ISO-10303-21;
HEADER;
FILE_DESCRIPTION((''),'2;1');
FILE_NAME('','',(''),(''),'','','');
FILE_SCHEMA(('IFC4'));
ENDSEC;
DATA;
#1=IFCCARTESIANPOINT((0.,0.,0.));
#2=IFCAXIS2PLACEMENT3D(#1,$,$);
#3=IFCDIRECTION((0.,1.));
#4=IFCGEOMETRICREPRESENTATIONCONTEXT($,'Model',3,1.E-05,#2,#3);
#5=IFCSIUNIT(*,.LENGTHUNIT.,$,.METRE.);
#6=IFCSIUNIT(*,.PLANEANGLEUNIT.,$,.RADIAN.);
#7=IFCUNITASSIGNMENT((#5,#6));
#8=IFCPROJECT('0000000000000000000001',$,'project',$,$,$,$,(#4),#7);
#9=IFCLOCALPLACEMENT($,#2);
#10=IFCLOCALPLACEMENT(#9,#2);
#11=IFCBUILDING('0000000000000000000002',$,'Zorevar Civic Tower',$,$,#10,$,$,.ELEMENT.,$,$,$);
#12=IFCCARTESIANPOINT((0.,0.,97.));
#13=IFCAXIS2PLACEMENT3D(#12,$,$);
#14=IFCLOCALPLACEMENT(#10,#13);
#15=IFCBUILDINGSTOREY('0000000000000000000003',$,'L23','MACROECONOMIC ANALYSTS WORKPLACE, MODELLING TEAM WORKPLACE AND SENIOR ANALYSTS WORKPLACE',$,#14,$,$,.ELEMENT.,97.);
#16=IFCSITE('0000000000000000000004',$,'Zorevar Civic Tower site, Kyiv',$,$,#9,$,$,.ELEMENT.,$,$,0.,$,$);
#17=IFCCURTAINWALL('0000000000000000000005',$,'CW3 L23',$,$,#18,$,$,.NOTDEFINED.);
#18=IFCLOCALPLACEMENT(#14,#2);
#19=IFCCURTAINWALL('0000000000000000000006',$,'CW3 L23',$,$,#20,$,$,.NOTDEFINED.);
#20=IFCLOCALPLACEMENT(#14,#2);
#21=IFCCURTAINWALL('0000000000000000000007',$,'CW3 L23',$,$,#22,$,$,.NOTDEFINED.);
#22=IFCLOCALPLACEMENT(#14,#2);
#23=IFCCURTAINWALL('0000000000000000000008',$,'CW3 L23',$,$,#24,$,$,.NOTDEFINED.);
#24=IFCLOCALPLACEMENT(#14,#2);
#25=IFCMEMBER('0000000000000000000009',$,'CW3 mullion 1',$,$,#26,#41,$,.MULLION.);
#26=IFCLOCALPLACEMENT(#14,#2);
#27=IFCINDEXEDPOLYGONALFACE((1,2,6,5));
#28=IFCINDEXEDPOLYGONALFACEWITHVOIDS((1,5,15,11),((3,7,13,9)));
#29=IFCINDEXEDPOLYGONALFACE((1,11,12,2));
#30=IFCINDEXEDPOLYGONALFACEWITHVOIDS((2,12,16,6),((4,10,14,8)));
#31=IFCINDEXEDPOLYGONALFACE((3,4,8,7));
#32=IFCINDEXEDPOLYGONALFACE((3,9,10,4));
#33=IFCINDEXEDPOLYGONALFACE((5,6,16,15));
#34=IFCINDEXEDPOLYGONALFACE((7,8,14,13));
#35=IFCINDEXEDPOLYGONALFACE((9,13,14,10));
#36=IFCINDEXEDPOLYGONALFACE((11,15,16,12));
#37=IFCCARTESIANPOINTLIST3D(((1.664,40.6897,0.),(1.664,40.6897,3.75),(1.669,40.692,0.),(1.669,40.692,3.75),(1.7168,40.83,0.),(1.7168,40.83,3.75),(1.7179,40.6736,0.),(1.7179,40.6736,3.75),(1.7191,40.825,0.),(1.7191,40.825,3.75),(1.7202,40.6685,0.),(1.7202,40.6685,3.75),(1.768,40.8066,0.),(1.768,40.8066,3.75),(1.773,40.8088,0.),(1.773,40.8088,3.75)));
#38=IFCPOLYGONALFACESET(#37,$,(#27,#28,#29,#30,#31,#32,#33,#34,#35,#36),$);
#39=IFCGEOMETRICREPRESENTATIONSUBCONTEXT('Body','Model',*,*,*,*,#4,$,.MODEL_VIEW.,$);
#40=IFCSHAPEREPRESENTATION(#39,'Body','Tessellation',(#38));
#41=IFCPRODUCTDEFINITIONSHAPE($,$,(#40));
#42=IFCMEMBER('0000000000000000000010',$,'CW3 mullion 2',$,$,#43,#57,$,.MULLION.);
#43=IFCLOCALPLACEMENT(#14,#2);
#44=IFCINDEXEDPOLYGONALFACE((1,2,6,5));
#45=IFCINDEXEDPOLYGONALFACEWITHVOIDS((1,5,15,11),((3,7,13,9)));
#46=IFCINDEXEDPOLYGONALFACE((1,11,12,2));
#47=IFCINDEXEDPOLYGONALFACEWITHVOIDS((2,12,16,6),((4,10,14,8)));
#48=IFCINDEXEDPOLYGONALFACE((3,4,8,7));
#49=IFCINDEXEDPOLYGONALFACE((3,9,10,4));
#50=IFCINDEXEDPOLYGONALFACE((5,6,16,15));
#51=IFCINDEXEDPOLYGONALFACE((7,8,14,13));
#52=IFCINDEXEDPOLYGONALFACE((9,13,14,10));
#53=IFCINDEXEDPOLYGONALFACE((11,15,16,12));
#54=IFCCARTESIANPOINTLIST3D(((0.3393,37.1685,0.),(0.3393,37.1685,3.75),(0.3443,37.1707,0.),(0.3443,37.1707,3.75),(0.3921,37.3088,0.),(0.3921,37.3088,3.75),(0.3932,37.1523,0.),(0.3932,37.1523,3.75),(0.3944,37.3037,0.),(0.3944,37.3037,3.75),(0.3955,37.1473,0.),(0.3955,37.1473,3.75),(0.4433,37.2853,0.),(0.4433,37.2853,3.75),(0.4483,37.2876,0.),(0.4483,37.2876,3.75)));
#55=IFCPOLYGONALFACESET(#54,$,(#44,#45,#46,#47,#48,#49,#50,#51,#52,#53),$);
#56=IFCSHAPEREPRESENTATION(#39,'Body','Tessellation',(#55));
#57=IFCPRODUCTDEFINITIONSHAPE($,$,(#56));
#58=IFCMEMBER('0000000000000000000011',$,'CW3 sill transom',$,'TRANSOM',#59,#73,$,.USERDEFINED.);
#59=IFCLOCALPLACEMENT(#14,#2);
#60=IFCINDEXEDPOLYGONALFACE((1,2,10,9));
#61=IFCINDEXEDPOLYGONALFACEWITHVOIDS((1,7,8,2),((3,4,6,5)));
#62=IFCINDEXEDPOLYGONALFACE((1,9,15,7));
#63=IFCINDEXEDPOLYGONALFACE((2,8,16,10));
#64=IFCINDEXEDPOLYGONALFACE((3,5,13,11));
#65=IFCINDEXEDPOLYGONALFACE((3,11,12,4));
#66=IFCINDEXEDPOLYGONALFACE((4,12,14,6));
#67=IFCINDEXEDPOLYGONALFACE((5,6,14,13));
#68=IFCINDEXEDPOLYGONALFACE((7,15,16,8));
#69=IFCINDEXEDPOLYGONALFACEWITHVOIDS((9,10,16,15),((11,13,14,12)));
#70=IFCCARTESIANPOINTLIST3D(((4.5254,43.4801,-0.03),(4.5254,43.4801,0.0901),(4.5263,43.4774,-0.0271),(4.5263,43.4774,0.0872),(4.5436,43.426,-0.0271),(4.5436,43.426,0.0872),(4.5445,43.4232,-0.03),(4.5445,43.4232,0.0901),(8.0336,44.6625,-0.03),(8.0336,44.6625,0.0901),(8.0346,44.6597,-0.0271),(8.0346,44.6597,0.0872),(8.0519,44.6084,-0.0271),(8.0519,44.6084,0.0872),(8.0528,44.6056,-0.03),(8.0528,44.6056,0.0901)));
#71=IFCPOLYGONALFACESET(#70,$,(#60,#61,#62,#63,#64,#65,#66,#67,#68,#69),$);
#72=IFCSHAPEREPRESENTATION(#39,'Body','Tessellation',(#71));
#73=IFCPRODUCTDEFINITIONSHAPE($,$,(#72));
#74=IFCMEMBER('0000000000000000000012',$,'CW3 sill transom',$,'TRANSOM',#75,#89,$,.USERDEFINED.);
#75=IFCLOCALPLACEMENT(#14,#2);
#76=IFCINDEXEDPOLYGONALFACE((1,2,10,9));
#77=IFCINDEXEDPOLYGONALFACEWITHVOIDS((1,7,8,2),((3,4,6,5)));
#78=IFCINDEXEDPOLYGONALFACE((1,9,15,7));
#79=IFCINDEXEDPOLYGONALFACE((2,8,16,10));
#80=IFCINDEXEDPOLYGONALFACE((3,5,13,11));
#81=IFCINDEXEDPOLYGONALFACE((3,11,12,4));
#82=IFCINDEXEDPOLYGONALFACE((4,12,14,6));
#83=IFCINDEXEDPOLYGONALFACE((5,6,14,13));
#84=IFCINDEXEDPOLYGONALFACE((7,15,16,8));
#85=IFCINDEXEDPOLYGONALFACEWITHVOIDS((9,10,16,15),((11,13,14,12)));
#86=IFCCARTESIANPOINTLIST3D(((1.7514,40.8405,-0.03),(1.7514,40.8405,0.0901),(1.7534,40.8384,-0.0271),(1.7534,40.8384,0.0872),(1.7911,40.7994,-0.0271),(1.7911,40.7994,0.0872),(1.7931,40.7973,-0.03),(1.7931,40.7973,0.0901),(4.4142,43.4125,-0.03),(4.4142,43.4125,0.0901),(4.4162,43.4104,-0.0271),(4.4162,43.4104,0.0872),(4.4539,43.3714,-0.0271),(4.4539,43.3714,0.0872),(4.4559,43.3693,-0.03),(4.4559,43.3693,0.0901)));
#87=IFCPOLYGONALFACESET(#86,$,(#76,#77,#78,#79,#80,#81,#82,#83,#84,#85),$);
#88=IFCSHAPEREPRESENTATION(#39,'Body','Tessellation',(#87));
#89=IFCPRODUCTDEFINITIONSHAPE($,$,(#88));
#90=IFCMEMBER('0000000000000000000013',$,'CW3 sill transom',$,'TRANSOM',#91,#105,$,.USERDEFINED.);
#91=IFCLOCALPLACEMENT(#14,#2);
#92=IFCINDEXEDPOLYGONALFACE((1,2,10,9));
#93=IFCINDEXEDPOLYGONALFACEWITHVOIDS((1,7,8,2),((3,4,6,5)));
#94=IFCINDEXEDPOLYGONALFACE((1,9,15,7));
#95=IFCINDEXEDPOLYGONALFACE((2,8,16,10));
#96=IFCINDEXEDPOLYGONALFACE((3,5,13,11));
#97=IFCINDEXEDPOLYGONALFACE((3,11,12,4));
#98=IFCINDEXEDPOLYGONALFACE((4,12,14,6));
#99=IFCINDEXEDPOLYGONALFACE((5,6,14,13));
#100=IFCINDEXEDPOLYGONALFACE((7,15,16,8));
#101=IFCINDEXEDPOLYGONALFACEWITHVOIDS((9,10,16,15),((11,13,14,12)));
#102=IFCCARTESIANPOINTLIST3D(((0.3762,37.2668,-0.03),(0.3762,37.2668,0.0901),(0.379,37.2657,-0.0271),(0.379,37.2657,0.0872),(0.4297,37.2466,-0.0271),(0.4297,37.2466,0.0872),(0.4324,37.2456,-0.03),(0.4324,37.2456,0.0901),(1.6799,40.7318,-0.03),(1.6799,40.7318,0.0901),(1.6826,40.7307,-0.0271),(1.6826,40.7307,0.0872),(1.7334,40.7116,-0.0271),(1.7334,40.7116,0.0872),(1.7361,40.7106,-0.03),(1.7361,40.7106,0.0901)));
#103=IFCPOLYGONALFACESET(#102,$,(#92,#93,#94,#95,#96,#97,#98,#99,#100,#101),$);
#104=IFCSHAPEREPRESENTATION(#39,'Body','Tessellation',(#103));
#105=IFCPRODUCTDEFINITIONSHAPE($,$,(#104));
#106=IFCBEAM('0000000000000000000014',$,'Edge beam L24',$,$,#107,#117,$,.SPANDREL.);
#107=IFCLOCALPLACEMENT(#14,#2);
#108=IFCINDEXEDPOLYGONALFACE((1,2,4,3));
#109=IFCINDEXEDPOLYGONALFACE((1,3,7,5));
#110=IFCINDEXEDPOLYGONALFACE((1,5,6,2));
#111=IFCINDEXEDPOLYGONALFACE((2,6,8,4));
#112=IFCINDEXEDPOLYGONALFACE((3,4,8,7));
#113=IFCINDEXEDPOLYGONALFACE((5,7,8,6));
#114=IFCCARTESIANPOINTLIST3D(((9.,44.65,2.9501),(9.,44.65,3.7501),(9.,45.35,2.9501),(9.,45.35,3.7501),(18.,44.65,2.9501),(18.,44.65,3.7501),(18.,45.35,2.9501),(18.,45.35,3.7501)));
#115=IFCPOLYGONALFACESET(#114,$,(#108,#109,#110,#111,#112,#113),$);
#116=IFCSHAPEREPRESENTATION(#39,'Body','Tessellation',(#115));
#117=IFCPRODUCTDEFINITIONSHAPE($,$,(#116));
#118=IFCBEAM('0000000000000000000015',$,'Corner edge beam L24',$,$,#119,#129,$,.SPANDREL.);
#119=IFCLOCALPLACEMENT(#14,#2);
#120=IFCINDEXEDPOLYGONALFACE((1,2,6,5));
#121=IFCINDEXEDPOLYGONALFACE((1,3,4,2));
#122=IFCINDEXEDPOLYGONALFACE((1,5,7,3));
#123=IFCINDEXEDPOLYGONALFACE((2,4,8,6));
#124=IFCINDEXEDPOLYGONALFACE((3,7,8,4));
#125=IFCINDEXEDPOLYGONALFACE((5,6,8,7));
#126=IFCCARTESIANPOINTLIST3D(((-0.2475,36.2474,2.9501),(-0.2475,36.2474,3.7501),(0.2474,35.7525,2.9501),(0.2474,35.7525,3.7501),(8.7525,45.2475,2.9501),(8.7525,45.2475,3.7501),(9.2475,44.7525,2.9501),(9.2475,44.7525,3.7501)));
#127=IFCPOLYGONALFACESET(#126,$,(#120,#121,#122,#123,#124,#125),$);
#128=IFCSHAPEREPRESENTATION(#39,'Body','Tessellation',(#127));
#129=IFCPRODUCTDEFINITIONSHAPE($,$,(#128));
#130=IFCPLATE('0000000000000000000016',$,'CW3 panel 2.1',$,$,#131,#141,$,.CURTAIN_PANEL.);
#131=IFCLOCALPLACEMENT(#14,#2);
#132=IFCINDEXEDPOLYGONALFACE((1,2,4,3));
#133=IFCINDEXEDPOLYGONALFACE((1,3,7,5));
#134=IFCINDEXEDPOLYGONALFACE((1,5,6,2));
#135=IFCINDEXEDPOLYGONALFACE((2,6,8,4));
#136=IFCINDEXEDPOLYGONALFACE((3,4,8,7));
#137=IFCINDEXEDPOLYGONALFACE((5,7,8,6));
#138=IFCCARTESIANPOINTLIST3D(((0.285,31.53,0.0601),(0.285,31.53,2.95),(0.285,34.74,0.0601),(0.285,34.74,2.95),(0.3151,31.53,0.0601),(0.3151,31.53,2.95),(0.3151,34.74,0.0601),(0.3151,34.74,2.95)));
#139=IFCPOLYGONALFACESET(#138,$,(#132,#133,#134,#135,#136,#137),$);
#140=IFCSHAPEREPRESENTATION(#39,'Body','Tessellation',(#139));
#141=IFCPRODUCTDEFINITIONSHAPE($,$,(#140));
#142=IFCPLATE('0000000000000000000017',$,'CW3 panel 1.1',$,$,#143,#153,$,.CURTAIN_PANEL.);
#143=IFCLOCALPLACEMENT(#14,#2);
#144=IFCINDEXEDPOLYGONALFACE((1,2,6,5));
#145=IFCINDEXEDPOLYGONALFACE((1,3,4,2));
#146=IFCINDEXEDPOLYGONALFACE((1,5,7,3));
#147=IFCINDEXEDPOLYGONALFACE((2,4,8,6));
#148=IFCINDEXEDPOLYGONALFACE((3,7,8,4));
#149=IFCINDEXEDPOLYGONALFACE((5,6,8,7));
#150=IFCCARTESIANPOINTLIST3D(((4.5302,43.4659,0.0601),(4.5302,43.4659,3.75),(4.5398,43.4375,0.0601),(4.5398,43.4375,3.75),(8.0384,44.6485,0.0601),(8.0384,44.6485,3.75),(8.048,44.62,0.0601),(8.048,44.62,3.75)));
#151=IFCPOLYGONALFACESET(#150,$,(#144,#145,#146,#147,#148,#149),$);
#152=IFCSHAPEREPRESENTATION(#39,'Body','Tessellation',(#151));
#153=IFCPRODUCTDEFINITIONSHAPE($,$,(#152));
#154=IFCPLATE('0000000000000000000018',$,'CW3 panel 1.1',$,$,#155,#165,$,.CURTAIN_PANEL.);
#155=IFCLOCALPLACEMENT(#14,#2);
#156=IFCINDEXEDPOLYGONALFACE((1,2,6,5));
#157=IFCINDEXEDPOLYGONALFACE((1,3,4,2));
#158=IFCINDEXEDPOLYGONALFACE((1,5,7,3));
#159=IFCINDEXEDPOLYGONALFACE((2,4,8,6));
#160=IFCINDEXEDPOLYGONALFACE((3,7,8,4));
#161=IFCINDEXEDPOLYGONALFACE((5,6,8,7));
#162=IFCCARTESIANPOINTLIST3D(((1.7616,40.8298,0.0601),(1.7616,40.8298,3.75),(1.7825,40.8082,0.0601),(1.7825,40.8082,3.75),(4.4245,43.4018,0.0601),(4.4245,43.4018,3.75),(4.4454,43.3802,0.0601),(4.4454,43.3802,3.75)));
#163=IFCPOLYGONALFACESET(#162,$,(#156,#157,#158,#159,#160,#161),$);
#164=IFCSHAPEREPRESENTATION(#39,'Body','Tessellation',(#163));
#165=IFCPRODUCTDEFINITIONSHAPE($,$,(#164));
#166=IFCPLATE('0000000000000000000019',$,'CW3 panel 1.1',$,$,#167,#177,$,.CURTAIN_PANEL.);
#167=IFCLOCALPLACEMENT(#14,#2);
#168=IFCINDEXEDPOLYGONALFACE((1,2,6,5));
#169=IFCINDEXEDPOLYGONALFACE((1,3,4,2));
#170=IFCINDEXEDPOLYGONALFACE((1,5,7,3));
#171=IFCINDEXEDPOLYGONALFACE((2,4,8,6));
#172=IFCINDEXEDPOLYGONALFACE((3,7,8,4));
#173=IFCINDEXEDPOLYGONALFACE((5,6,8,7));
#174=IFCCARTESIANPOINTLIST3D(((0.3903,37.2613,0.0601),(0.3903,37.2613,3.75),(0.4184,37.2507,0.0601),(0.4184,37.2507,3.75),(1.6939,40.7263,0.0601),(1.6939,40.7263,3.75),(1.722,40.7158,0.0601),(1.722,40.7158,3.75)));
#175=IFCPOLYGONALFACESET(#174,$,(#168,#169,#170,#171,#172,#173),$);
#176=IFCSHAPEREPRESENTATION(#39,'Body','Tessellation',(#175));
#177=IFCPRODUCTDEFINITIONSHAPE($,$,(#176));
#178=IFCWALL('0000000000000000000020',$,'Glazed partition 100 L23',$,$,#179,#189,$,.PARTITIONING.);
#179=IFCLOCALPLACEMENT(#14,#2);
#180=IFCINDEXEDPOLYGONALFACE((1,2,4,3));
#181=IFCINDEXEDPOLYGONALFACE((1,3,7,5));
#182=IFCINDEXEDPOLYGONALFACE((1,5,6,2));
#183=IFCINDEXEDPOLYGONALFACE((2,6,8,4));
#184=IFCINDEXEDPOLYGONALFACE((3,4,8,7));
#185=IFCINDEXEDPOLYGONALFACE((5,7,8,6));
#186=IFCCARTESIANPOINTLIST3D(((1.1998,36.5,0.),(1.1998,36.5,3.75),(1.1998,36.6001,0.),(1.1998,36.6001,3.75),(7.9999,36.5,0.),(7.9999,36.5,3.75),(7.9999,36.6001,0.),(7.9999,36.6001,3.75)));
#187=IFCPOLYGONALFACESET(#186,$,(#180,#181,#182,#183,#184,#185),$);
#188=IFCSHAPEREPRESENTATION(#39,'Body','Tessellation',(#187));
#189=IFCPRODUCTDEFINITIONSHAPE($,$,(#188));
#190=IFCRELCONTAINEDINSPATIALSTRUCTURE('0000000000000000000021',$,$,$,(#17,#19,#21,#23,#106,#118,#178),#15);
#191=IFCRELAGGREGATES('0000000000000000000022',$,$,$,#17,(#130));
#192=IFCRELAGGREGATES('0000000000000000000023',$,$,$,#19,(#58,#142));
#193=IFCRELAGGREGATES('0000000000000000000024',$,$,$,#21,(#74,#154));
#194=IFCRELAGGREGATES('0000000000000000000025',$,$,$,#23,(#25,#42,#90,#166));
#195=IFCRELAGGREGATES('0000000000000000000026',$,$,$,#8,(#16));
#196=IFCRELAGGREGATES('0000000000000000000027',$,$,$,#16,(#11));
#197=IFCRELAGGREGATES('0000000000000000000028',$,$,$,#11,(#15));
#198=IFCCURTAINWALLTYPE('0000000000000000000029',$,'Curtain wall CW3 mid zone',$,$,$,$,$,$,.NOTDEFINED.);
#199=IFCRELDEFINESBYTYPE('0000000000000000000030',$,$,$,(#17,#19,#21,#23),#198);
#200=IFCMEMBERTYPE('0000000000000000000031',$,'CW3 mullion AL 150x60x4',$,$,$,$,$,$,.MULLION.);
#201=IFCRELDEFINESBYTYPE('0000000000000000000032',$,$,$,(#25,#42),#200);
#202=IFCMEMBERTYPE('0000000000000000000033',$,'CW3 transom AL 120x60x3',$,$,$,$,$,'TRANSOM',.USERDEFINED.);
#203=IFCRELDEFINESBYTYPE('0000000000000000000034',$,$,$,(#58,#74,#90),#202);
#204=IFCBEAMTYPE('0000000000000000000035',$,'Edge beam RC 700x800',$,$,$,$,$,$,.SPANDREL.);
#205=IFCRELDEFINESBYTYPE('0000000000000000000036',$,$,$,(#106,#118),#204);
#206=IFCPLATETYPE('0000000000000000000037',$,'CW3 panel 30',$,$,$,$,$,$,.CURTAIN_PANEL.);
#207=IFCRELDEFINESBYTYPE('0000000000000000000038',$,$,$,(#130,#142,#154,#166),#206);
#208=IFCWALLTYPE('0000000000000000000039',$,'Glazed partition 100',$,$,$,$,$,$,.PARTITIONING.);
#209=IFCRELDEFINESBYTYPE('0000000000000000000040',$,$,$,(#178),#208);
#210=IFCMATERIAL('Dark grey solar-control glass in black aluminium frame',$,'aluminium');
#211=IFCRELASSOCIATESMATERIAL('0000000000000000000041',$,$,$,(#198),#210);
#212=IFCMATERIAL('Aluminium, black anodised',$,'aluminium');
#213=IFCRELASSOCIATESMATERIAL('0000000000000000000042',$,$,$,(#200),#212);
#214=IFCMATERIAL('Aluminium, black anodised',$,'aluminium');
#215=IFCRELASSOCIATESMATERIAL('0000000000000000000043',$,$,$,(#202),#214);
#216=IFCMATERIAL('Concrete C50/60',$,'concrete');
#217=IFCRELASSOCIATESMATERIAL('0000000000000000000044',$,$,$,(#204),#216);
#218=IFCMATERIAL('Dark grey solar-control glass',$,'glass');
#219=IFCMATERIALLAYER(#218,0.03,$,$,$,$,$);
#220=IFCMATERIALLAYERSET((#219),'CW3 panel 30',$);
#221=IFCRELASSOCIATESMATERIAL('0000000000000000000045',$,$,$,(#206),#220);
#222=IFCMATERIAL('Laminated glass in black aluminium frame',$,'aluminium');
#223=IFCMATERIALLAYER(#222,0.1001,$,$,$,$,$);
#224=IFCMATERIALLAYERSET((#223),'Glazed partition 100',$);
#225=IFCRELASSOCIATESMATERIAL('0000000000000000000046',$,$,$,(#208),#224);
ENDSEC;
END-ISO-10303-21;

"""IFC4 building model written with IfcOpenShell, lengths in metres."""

from ifc_helpers import new_model, si_unit, direction, frame, frame_2d, origin, origin_2d, place, context, subcontext, project, spatial, rectangle, hollow_rectangle, extrude, material, layer, layer_set, material_profile, profile_set, type_object, element, aggregate, save


model = new_model("IFC4")

# Units and contexts
model_context = context("Model", 3, precision=1e-05, world=origin(), true_north=direction((0.0, 1.0)))
body_context = subcontext(model_context, "Body", "Model", "MODEL_VIEW")
ifc_project = project(units=[si_unit("LENGTHUNIT", "METRE"), si_unit("PLANEANGLEUNIT", "RADIAN")], contexts=[model_context])

# Site, building, storey
site_placement = place(None, origin())
site = spatial("IfcSite", under=ifc_project, at=site_placement, Name="Zorevar Civic Tower site, Kyiv", CompositionType="ELEMENT", RefElevation=0.0)
building_placement = place(site_placement, origin())
building = spatial("IfcBuilding", under=site, at=building_placement, Name="Zorevar Civic Tower", CompositionType="ELEMENT")
storey_placement = place(building_placement, frame((0.0, 0.0, 97.0)))
storey = spatial("IfcBuildingStorey", under=building, at=storey_placement, Name="L23", Description="MACROECONOMIC ANALYSTS WORKPLACE, MODELLING TEAM WORKPLACE AND SENIOR ANALYSTS WORKPLACE", CompositionType="ELEMENT", Elevation=97.0)

# Curtain wall
ifc_material_1 = material(Name="Dark grey solar-control glass in black aluminium frame", Category="aluminium")
curtain_wall_type = type_object("IfcCurtainWallType", Name="Curtain wall CW3 mid zone", PredefinedType="NOTDEFINED", material=ifc_material_1)
curtain_wall_1_placement = place(storey_placement, origin())
curtain_wall_1 = element("IfcCurtainWall", 1, at=curtain_wall_1_placement, inside=storey, type_object=curtain_wall_type, Name="CW3 L23", PredefinedType="NOTDEFINED")
ifc_material_2 = material(Name="Aluminium, black anodised", Category="aluminium")
ifc_material_profile_1 = material_profile(ifc_material_2, hollow_rectangle(XDim=0.0601, YDim=0.1499, WallThickness=0.0039, at=origin_2d()), Name="AL 150x60x4")
ifc_profile_set_1 = profile_set([ifc_material_profile_1], Name="Aluminium, black anodised")
member_type_1 = type_object("IfcMemberType", Name="CW3 mullion AL 150x60x4", PredefinedType="MULLION", material=ifc_profile_set_1)

# Curtain walls, members
curtain_wall_2_placement = place(storey_placement, origin())
curtain_wall_2 = element("IfcCurtainWall", 2, at=curtain_wall_2_placement, inside=storey, type_object=curtain_wall_type, Name="CW3 L23", PredefinedType="NOTDEFINED")
curtain_wall_3_placement = place(storey_placement, origin())
curtain_wall_3 = element("IfcCurtainWall", 3, at=curtain_wall_3_placement, inside=storey, type_object=curtain_wall_type, Name="CW3 L23", PredefinedType="NOTDEFINED")
curtain_wall_4_placement = place(storey_placement, origin())
curtain_wall_4 = element("IfcCurtainWall", 4, at=curtain_wall_4_placement, inside=storey, type_object=curtain_wall_type, Name="CW3 L23", PredefinedType="NOTDEFINED")
member_1_placement = place(storey_placement, frame((1.7185, 40.7493, 0.0), z_axis=(0.0, 0.0, 1.0), x_axis=(0.935951, -0.352132, 0.0)))
member_1 = element("IfcMember", 5, at=member_1_placement, type_object=member_type_1, Name="CW3 mullion 1", PredefinedType="MULLION", context=body_context, shape_type="SweptSolid", body=[
    extrude(hollow_rectangle(XDim=0.0601, YDim=0.1499, WallThickness=0.0039, at=origin_2d()), origin(), (0.0, 0.0, 1.0), 3.75),
])
member_2_placement = place(storey_placement, frame((0.3938, 37.228, 0.0), z_axis=(0.0, 0.0, 1.0), x_axis=(0.935951, -0.352132, 0.0)))
member_2 = element("IfcMember", 6, at=member_2_placement, type_object=member_type_1, Name="CW3 mullion 2", PredefinedType="MULLION", context=body_context, shape_type="SweptSolid", body=[
    extrude(hollow_rectangle(XDim=0.0601, YDim=0.1499, WallThickness=0.0039, at=origin_2d()), origin(), (0.0, 0.0, 1.0), 3.75),
])

# Members
ifc_material_3 = material(Name="Aluminium, black anodised", Category="aluminium")
ifc_material_profile_2 = material_profile(ifc_material_3, hollow_rectangle(XDim=0.0601, YDim=0.1201, WallThickness=0.0029, at=origin_2d()), Name="AL 120x60x3")
ifc_profile_set_2 = profile_set([ifc_material_profile_2], Name="Aluminium, black anodised")
member_type_2 = type_object("IfcMemberType", Name="CW3 transom AL 120x60x3", ElementType="TRANSOM", PredefinedType="USERDEFINED", material=ifc_profile_set_2)
member_3_placement = place(storey_placement, frame((8.0432, 44.634, 0.03), z_axis=(-0.94763, -0.319372, 0.0), x_axis=(0.319372, -0.94763, 0.0)))
member_3 = element("IfcMember", 7, at=member_3_placement, type_object=member_type_2, Name="CW3 sill transom", ObjectType="TRANSOM", PredefinedType="USERDEFINED", context=body_context, shape_type="SweptSolid", body=[
    extrude(hollow_rectangle(XDim=0.0601, YDim=0.1201, WallThickness=0.0029, at=origin_2d()), origin(), (0.0, 0.0, 1.0), 3.7021),
])
member_4_placement = place(storey_placement, frame((4.4351, 43.3909, 0.03), z_axis=(-0.719266, -0.694735, 0.0), x_axis=(0.694735, -0.719266, 0.0)))
member_4 = element("IfcMember", 8, at=member_4_placement, type_object=member_type_2, Name="CW3 sill transom", ObjectType="TRANSOM", PredefinedType="USERDEFINED", context=body_context, shape_type="SweptSolid", body=[
    extrude(hollow_rectangle(XDim=0.0601, YDim=0.1201, WallThickness=0.0029, at=origin_2d()), origin(), (0.0, 0.0, 1.0), 3.7021),
])
member_5_placement = place(storey_placement, frame((1.708, 40.7212, 0.03), z_axis=(-0.352142, -0.935947, 0.0), x_axis=(0.935947, -0.352142, 0.0)))
member_5 = element("IfcMember", 9, at=member_5_placement, type_object=member_type_2, Name="CW3 sill transom", ObjectType="TRANSOM", PredefinedType="USERDEFINED", context=body_context, shape_type="SweptSolid", body=[
    extrude(hollow_rectangle(XDim=0.0601, YDim=0.1201, WallThickness=0.0029, at=origin_2d()), origin(), (0.0, 0.0, 1.0), 3.7021),
])

# Beams
ifc_material_4 = material(Name="Concrete C50/60", Category="concrete")
ifc_material_profile_3 = material_profile(ifc_material_4, rectangle(XDim=0.7, YDim=0.8, at=origin_2d()), Name="RC 700x800")
ifc_profile_set_3 = profile_set([ifc_material_profile_3], Name="Concrete C50/60")
beam_type_1 = type_object("IfcBeamType", Name="Edge beam RC 700x800", PredefinedType="SPANDREL", material=ifc_profile_set_3)
beam_1_placement = place(storey_placement, frame((9.0, 45.0, 3.3501), z_axis=(1.0, 0.0, 0.0), x_axis=(0.0, 1.0, 0.0)))
element("IfcBeam", 10, at=beam_1_placement, inside=storey, type_object=beam_type_1, Name="Edge beam L24", PredefinedType="SPANDREL", context=body_context, shape_type="SweptSolid", body=[
    extrude(rectangle(XDim=0.7, YDim=0.8, at=origin_2d()), origin(), (0.0, 0.0, 1.0), 9.0),
])
beam_2_placement = place(storey_placement, frame((9.0, 45.0, 3.3501), z_axis=(-0.707107, -0.707107, 0.0), x_axis=(0.707107, -0.707107, 0.0)))
element("IfcBeam", 11, at=beam_2_placement, inside=storey, type_object=beam_type_1, Name="Corner edge beam L24", PredefinedType="SPANDREL", context=body_context, shape_type="SweptSolid", body=[
    extrude(rectangle(XDim=0.7, YDim=0.8, at=origin_2d()), origin(), (0.0, 0.0, 1.0), 12.728),
])

# Plates
ifc_material_5 = material(Name="Dark grey solar-control glass", Category="glass")
ifc_layer_1 = layer(ifc_material_5, 0.03)
ifc_layer_set_1 = layer_set([ifc_layer_1], Name="CW3 panel 30")
plate_type = type_object("IfcPlateType", Name="CW3 panel 30", PredefinedType="CURTAIN_PANEL", material=ifc_layer_set_1)
plate_1_placement = place(storey_placement, frame((0.3, 33.135, 0.0601), z_axis=(0.0, 0.0, 1.0), x_axis=(0.0, 1.0, 0.0)))
plate_1 = element("IfcPlate", 12, at=plate_1_placement, type_object=plate_type, Name="CW3 panel 2.1", PredefinedType="CURTAIN_PANEL", context=body_context, shape_type="SweptSolid", body=[
    extrude(rectangle(XDim=3.21, YDim=0.03, at=origin_2d()), origin(), (0.0, 0.0, 1.0), 2.8899),
])
aggregate(curtain_wall_1, [plate_1])
plate_2_placement = place(storey_placement, frame((6.2891, 44.043, 0.0601), z_axis=(0.0, 0.0, 1.0), x_axis=(-0.947616, -0.319413, 0.0)))
plate_2 = element("IfcPlate", 13, at=plate_2_placement, type_object=plate_type, Name="CW3 panel 1.1", PredefinedType="CURTAIN_PANEL", context=body_context, shape_type="SweptSolid", body=[
    extrude(rectangle(XDim=3.7021, YDim=0.03, at=origin_2d()), origin(), (0.0, 0.0, 1.0), 3.6899),
])
aggregate(curtain_wall_2, [member_3, plate_2])
plate_3_placement = place(storey_placement, frame((3.1035, 42.105, 0.0601), z_axis=(0.0, 0.0, 1.0), x_axis=(-0.719281, -0.694719, 0.0)))
plate_3 = element("IfcPlate", 14, at=plate_3_placement, type_object=plate_type, Name="CW3 panel 1.1", PredefinedType="CURTAIN_PANEL", context=body_context, shape_type="SweptSolid", body=[
    extrude(rectangle(XDim=3.7021, YDim=0.03, at=origin_2d()), origin(), (0.0, 0.0, 1.0), 3.6899),
])
aggregate(curtain_wall_3, [member_4, plate_3])
plate_4_placement = place(storey_placement, frame((1.0562, 38.9885, 0.0601), z_axis=(0.0, 0.0, 1.0), x_axis=(-0.352132, -0.935951, 0.0)))
plate_4 = element("IfcPlate", 15, at=plate_4_placement, type_object=plate_type, Name="CW3 panel 1.1", PredefinedType="CURTAIN_PANEL", context=body_context, shape_type="SweptSolid", body=[
    extrude(rectangle(XDim=3.7021, YDim=0.03, at=origin_2d()), origin(), (0.0, 0.0, 1.0), 3.6899),
])
aggregate(curtain_wall_4, [member_1, member_2, member_5, plate_4])

# Wall
ifc_material_6 = material(Name="Laminated glass in black aluminium frame", Category="aluminium")
ifc_layer_2 = layer(ifc_material_6, 0.1001)
ifc_layer_set_2 = layer_set([ifc_layer_2], Name="Glazed partition 100")
wall_type_1 = type_object("IfcWallType", Name="Glazed partition 100", PredefinedType="PARTITIONING", material=ifc_layer_set_2)
wall_1_placement = place(storey_placement, frame((1.2, 36.55, 0.0), z_axis=(0.0, 0.0, 1.0), x_axis=(1.0, 0.0, 0.0)))
element("IfcWall", 16, at=wall_1_placement, inside=storey, type_object=wall_type_1, Name="Glazed partition 100 L23", PredefinedType="PARTITIONING", context=body_context, shape_type="SweptSolid", body=[
    extrude(rectangle(XDim=6.8, YDim=0.1001, at=frame_2d((3.3999, 0.0))), origin(), (0.0, 0.0, 1.0), 3.75),
])

save(model, "model.ifc")
